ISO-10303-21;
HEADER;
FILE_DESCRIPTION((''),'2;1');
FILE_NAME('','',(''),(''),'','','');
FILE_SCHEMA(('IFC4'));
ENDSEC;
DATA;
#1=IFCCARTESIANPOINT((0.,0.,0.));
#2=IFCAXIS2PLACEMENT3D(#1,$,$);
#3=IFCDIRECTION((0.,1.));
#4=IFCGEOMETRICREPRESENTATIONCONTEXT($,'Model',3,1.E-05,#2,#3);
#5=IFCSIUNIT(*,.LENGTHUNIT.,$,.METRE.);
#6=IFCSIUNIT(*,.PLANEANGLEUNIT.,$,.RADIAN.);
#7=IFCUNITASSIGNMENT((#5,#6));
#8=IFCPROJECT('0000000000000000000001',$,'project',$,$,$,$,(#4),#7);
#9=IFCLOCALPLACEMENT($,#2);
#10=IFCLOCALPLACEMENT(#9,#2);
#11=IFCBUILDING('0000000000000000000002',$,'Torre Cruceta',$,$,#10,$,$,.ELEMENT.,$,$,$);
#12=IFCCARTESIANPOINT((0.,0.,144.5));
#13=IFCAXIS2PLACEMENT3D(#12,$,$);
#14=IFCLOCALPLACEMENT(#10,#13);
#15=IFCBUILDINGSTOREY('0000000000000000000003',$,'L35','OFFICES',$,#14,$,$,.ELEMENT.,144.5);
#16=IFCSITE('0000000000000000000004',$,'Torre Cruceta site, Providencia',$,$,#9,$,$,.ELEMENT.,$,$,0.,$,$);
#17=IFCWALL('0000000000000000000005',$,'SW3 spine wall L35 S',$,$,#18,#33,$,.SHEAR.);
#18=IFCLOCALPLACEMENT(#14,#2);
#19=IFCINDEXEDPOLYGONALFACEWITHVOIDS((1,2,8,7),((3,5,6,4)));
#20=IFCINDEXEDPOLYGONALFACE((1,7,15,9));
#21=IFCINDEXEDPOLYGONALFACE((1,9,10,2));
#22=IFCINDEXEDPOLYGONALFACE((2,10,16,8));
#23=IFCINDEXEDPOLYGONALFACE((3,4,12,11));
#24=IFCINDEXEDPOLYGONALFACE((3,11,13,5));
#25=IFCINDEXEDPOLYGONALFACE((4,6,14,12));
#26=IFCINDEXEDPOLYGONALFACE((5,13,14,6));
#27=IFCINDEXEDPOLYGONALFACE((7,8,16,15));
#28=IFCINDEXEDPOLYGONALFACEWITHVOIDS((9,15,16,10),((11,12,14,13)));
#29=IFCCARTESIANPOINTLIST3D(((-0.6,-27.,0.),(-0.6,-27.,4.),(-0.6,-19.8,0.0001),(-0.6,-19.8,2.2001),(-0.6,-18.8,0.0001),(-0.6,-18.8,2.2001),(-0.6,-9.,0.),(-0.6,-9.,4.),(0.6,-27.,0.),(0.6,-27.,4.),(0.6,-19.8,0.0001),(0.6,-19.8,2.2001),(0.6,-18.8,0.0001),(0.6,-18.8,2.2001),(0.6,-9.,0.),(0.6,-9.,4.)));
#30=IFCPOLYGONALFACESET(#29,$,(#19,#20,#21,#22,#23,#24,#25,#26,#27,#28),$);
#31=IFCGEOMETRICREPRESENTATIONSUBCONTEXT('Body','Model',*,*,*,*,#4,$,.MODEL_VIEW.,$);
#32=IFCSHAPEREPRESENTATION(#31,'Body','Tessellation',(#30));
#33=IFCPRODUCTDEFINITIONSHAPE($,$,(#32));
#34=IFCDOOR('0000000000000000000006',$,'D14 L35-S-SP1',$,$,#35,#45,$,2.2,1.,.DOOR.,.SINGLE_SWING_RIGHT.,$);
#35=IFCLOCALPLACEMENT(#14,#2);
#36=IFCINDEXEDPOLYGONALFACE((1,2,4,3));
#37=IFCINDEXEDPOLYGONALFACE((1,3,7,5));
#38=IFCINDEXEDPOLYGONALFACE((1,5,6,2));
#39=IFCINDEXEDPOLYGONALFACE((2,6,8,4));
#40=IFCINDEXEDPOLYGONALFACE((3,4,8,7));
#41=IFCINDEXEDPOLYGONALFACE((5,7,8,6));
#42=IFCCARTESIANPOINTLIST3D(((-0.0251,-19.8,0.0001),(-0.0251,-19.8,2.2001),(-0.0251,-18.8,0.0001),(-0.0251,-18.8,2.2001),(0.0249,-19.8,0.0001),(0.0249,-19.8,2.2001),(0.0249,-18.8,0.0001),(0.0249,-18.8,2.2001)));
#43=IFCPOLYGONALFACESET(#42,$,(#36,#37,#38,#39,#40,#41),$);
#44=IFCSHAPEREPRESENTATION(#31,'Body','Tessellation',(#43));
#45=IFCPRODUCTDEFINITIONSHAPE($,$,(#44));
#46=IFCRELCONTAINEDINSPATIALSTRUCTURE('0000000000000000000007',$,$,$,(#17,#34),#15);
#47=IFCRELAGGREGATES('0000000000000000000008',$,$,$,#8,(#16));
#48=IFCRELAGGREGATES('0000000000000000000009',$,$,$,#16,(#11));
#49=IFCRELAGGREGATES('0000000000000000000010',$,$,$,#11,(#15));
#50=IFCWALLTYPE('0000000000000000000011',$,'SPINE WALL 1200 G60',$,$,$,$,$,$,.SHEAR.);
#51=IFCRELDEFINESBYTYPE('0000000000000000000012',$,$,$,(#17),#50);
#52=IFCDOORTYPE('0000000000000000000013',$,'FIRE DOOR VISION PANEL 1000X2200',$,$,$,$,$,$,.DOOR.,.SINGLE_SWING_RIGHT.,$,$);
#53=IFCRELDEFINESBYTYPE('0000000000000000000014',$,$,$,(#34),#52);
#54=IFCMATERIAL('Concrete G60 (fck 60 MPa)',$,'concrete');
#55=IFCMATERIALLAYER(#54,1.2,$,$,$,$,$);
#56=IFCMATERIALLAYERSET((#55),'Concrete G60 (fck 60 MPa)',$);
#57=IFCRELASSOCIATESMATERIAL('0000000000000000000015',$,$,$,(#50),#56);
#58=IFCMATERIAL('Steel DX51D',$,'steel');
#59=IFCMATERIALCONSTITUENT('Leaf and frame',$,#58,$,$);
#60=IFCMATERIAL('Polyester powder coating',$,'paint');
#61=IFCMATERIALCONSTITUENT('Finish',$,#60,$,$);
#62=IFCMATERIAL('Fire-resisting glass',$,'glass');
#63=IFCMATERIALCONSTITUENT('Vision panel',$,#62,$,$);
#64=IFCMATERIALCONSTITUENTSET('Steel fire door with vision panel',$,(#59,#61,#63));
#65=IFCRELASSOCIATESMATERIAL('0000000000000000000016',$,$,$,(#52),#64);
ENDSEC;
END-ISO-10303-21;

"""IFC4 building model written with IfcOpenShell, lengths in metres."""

from ifc_helpers import new_model, si_unit, direction, frame, frame_2d, origin, place, context, subcontext, project, spatial, rectangle, extrude, material, layer, layer_set, constituent, constituent_set, type_object, element, fill, save


model = new_model("IFC4")

# Units and contexts
model_context = context("Model", 3, precision=1e-05, world=origin(), true_north=direction((0.0, 1.0)))
body_context = subcontext(model_context, "Body", "Model", "MODEL_VIEW")
ifc_project = project(units=[si_unit("LENGTHUNIT", "METRE"), si_unit("PLANEANGLEUNIT", "RADIAN")], contexts=[model_context])

# Site, building, storey
site_placement = place(None, origin())
site = spatial("IfcSite", under=ifc_project, at=site_placement, Name="Torre Cruceta site, Providencia", CompositionType="ELEMENT", RefElevation=0.0)
building_placement = place(site_placement, origin())
building = spatial("IfcBuilding", under=site, at=building_placement, Name="Torre Cruceta", CompositionType="ELEMENT")
storey_placement = place(building_placement, frame((0.0, 0.0, 144.5)))
storey = spatial("IfcBuildingStorey", under=building, at=storey_placement, Name="L35", Description="OFFICES", CompositionType="ELEMENT", Elevation=144.5)

# Wall, opening, door
ifc_material_1 = material(Name="Concrete G60 (fck 60 MPa)", Category="concrete")
ifc_layer_1 = layer(ifc_material_1, 1.2)
ifc_layer_set_1 = layer_set([ifc_layer_1], Name="Concrete G60 (fck 60 MPa)")
wall_type_1 = type_object("IfcWallType", Name="SPINE WALL 1200 G60", PredefinedType="SHEAR", material=ifc_layer_set_1)
wall_1_placement = place(storey_placement, frame((0.0, -9.0, 0.0), z_axis=(0.0, 0.0, 1.0), x_axis=(0.0, -1.0, 0.0)))
wall_1 = element("IfcWall", 1, at=wall_1_placement, inside=storey, type_object=wall_type_1, Name="SW3 spine wall L35 S", PredefinedType="SHEAR", context=body_context, shape_type="SweptSolid", body=[
    extrude(rectangle(XDim=18.0, YDim=1.2, at=frame_2d((9.0, 0.0))), origin(), (0.0, 0.0, 1.0), 4.0),
])
opening_1_placement = place(wall_1_placement, frame((9.8, 0.0, 0.0)))
opening_1 = element("IfcOpeningElement", 2, at=opening_1_placement, cuts=wall_1, PredefinedType="OPENING", context=body_context, shape_type="SweptSolid", body=[
    extrude(rectangle(XDim=1.0, YDim=2.2, at=frame_2d((0.5, 1.1001))), frame((0.0, 0.6099, 0.0), z_axis=(0.0, -1.0, 0.0), x_axis=(1.0, 0.0, 0.0)), (0.0, 0.0, 1.0), 1.22),
])
ifc_material_2 = material(Name="Steel DX51D", Category="steel")
ifc_constituent_1 = constituent(ifc_material_2, Name="Leaf and frame")
ifc_material_3 = material(Name="Polyester powder coating", Category="paint")
ifc_constituent_2 = constituent(ifc_material_3, Name="Finish")
ifc_material_4 = material(Name="Fire-resisting glass", Category="glass")
ifc_constituent_3 = constituent(ifc_material_4, Name="Vision panel")
ifc_constituent_set_1 = constituent_set(constituents=[ifc_constituent_1, ifc_constituent_2, ifc_constituent_3], Name="Steel fire door with vision panel")
door_type_1 = type_object("IfcDoorType", Name="FIRE DOOR VISION PANEL 1000X2200", OperationType="SINGLE_SWING_RIGHT", PredefinedType="DOOR", material=ifc_constituent_set_1)
door_1_placement = place(opening_1_placement, origin())
door_1 = element("IfcDoor", 3, at=door_1_placement, inside=storey, type_object=door_type_1, Name="D14 L35-S-SP1", OperationType="SINGLE_SWING_RIGHT", OverallHeight=2.2, OverallWidth=1.0, PredefinedType="DOOR", context=body_context, shape_type="SweptSolid", body=[
    extrude(rectangle(XDim=1.0, YDim=2.2, at=frame_2d((0.5, 1.1001))), frame((0.0, 0.0249, 0.0), z_axis=(0.0, -1.0, 0.0), x_axis=(1.0, 0.0, 0.0)), (0.0, 0.0, 1.0), 0.05),
])
fill(opening_1, door_1)

save(model, "model.ifc")
